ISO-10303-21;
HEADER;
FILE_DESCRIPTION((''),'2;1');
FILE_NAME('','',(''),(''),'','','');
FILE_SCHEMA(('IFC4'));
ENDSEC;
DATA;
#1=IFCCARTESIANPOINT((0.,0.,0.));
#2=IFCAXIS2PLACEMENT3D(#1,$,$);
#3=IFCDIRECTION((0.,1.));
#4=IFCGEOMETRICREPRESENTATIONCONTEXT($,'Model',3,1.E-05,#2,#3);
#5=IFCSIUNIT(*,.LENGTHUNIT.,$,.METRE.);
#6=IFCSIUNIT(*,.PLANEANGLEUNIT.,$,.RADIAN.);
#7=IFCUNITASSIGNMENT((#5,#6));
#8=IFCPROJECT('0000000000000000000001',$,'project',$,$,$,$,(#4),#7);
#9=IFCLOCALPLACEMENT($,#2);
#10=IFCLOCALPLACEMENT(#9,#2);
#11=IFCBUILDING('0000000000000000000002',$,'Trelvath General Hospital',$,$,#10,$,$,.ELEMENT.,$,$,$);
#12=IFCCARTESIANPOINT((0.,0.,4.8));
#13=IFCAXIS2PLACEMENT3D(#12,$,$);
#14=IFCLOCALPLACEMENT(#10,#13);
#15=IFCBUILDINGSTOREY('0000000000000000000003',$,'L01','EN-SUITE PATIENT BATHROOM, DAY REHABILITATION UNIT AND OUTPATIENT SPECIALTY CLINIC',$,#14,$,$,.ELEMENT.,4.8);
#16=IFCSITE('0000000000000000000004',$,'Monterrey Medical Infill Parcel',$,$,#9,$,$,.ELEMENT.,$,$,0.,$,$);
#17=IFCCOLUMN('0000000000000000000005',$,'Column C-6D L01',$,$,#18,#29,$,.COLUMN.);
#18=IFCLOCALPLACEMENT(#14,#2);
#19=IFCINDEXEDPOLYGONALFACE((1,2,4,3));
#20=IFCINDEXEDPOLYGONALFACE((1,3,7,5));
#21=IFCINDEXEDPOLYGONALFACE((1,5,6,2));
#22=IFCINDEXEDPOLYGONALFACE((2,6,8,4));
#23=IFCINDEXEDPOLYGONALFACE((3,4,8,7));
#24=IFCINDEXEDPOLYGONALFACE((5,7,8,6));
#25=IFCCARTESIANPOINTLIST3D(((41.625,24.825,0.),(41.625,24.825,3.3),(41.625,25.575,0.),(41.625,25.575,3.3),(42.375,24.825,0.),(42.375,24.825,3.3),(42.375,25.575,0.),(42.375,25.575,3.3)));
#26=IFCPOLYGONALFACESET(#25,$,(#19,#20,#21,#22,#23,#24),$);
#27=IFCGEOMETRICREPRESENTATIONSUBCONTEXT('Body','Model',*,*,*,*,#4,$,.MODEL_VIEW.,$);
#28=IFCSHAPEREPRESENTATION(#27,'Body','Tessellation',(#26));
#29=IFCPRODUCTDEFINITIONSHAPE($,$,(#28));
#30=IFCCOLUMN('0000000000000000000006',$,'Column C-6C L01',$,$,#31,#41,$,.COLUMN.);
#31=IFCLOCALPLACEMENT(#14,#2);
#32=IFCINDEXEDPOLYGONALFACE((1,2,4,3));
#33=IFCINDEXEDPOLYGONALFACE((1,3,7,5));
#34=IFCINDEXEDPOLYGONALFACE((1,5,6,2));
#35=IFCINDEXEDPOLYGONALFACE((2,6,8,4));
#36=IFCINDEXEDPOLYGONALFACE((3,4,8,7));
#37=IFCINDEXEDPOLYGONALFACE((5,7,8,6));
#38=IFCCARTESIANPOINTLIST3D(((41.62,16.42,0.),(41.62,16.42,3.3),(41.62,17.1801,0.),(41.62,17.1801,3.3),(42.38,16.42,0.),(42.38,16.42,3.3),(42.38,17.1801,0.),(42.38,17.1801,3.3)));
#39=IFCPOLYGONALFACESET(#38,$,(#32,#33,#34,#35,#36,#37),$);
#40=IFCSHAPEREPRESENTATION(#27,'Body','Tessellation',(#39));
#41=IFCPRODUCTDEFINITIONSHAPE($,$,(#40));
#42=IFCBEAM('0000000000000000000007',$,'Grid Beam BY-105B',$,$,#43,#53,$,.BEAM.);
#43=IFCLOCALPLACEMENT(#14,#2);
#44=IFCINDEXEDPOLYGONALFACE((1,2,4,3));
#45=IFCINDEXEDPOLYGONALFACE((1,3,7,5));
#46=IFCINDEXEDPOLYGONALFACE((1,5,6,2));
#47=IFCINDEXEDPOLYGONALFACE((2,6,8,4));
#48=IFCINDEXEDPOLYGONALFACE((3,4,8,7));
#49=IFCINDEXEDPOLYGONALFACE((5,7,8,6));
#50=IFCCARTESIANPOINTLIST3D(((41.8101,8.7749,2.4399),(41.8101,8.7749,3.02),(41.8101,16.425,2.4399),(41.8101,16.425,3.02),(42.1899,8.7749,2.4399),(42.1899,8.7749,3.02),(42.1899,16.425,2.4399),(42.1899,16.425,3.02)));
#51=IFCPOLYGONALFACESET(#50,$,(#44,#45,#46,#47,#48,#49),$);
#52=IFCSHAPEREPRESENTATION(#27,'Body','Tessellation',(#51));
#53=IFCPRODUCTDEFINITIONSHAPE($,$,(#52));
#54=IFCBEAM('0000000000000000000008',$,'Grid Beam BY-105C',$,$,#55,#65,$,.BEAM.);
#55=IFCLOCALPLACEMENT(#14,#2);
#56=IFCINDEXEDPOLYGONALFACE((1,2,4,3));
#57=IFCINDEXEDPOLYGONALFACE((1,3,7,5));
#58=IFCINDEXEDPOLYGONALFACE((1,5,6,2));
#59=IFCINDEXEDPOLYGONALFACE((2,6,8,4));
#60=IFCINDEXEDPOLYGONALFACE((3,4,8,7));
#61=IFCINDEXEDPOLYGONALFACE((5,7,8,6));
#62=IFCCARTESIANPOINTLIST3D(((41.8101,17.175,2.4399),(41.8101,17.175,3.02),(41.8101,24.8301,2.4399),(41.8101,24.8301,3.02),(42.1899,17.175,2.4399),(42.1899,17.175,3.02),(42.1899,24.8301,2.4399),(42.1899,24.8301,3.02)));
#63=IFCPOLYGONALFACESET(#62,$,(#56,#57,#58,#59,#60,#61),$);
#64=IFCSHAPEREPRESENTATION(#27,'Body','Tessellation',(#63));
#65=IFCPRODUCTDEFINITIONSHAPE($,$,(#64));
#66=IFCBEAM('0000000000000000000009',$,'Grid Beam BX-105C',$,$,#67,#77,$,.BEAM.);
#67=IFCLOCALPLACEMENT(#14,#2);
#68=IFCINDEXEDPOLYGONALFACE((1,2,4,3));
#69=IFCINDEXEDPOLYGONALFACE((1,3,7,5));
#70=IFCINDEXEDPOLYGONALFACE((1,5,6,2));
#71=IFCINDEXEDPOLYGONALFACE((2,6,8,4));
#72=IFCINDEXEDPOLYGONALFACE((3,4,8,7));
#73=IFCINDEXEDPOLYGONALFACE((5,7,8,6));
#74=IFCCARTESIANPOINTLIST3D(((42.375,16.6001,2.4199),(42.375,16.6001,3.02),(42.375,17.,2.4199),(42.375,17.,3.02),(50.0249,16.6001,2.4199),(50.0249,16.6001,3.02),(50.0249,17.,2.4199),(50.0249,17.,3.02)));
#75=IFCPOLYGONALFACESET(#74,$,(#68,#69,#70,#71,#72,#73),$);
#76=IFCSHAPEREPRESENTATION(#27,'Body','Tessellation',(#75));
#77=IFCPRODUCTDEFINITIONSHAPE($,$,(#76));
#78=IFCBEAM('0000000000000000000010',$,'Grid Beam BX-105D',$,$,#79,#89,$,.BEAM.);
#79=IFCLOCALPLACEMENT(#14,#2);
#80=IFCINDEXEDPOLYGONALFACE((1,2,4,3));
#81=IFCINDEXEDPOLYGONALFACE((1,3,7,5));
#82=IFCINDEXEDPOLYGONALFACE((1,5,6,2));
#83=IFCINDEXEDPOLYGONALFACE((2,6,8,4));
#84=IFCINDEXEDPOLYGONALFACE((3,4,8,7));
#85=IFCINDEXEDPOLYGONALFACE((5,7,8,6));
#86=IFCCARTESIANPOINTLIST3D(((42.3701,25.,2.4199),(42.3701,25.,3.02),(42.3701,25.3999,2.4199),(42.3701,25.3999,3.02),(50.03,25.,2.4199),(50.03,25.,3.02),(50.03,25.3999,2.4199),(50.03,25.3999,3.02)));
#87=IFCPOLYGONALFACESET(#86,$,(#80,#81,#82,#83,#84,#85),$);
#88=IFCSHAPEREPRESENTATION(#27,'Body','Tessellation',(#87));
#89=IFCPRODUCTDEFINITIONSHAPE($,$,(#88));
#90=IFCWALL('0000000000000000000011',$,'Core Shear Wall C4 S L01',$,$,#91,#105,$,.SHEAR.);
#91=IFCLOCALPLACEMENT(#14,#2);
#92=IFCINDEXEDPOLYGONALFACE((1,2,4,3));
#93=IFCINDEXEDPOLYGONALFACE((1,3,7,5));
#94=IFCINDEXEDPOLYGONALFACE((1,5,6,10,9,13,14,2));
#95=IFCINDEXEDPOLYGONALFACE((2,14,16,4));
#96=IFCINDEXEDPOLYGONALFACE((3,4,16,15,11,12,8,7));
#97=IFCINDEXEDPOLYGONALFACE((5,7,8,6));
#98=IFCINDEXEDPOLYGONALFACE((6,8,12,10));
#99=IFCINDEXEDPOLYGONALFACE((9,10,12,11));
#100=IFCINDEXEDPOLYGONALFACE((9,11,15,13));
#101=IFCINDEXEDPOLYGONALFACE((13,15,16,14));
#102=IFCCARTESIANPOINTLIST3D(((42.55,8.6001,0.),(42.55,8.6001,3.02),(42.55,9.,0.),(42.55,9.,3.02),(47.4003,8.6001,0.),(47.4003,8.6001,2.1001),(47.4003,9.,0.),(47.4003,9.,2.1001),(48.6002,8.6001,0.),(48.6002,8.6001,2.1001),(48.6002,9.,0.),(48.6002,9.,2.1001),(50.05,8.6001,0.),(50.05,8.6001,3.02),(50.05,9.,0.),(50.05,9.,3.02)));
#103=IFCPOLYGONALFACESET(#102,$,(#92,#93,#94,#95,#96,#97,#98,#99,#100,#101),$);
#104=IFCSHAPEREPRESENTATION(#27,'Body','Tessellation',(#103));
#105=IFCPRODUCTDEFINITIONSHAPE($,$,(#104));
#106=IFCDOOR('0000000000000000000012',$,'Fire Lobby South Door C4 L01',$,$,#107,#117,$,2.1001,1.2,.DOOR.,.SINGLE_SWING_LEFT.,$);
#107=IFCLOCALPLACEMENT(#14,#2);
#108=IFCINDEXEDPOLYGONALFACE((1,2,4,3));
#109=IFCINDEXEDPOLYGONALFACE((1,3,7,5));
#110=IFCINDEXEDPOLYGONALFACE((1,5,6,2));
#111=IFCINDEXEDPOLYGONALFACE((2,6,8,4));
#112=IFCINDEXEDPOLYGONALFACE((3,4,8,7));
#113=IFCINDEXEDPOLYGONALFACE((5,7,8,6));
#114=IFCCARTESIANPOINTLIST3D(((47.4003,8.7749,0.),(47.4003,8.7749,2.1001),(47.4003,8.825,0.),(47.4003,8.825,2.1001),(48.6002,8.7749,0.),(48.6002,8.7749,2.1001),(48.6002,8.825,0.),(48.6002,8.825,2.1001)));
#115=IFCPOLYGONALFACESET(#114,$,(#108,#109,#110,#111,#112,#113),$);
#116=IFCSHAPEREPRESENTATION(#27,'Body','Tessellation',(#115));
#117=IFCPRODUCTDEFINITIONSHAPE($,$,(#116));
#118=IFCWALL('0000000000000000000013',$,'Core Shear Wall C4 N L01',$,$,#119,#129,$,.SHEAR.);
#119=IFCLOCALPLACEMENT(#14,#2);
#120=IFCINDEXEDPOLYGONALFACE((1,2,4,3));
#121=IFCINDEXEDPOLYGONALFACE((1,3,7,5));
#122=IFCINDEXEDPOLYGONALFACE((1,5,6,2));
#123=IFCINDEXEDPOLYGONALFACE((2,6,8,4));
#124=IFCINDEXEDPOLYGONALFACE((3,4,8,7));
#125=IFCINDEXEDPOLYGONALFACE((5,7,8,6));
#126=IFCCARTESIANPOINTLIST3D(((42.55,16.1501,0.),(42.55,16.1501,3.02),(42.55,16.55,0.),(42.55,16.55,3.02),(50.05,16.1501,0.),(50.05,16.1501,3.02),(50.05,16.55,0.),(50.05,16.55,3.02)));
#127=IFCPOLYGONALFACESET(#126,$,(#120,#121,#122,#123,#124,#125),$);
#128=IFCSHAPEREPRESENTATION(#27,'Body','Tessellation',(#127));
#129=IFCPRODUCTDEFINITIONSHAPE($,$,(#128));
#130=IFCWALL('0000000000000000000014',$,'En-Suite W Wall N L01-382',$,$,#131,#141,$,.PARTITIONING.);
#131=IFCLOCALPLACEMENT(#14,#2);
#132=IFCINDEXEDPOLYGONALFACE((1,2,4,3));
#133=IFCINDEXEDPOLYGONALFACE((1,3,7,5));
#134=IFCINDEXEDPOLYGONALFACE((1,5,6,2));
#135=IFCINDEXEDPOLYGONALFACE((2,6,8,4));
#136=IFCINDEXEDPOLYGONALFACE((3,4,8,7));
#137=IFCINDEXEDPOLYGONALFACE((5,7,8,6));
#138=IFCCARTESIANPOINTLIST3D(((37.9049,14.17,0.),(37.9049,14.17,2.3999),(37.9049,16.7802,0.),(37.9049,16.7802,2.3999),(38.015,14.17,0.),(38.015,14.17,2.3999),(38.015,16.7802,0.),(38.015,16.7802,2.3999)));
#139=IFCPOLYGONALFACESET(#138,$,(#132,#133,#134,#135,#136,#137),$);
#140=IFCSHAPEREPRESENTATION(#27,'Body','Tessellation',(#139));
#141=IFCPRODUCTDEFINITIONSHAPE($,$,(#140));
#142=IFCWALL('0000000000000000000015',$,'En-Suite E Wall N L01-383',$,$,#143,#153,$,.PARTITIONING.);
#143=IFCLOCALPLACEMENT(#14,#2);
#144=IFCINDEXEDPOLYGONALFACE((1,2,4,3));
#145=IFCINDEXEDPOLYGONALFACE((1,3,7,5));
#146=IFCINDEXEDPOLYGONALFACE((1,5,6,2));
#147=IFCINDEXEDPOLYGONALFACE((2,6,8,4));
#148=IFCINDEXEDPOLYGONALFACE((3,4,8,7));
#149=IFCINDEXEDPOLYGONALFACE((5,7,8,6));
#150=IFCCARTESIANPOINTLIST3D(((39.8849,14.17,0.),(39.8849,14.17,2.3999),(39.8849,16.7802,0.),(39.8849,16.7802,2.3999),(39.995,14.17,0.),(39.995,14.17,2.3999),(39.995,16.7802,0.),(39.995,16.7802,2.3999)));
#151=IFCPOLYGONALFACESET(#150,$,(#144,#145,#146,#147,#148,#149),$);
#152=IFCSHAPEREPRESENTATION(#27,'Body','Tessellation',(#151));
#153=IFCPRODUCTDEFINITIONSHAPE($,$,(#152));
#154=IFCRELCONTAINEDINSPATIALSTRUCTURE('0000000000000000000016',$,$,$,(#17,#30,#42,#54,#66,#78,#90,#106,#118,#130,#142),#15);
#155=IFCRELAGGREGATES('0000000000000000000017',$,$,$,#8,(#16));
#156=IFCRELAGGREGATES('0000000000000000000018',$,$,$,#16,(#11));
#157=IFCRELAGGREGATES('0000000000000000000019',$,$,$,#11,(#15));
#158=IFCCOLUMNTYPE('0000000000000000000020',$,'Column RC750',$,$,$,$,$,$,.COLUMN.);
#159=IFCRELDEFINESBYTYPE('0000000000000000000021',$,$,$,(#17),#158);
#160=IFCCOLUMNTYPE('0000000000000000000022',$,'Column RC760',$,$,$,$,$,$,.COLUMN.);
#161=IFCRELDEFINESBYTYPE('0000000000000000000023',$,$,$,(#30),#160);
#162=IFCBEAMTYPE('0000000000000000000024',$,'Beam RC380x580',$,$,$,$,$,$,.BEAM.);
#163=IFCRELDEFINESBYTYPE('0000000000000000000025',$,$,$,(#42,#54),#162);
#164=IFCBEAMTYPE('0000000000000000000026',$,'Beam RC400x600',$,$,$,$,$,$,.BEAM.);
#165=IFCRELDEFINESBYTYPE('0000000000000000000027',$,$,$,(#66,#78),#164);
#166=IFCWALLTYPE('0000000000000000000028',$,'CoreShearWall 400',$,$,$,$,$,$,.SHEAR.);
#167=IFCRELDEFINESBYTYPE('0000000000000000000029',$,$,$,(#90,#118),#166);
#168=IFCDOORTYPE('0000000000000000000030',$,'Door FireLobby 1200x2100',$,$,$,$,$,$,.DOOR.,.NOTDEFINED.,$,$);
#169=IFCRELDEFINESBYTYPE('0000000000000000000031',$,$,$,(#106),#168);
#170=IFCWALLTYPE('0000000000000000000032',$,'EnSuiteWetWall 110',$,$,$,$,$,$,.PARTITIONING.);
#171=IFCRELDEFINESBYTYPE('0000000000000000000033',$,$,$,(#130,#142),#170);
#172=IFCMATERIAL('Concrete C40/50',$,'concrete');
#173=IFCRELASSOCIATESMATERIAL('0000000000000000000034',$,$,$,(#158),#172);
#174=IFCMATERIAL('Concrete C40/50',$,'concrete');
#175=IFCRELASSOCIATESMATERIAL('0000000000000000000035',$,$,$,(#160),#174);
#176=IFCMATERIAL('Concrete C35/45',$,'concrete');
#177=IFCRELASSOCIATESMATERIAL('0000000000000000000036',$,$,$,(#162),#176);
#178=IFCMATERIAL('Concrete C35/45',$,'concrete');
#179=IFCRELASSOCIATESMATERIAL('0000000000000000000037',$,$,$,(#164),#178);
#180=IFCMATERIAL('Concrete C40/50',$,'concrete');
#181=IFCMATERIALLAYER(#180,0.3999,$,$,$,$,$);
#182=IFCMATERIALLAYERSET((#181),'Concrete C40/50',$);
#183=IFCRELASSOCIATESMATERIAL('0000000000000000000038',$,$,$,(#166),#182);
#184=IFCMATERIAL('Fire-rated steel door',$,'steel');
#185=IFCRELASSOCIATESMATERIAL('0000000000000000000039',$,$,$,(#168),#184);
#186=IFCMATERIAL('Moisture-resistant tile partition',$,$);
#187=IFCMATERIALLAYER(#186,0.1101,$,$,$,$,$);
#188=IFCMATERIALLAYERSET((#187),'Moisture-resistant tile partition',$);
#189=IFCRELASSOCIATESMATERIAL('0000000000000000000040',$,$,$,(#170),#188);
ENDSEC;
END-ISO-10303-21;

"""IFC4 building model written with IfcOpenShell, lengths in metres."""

from ifc_helpers import new_model, si_unit, direction, frame, frame_2d, origin, origin_2d, place, context, subcontext, project, spatial, rectangle, extrude, material, layer, layer_set, material_profile, profile_set, type_object, element, fill, save


model = new_model("IFC4")

# Units and contexts
model_context = context("Model", 3, precision=1e-05, world=origin(), true_north=direction((0.0, 1.0)))
body_context = subcontext(model_context, "Body", "Model", "MODEL_VIEW")
ifc_project = project(units=[si_unit("LENGTHUNIT", "METRE"), si_unit("PLANEANGLEUNIT", "RADIAN")], contexts=[model_context])

# Site, building, storey
site_placement = place(None, origin())
site = spatial("IfcSite", under=ifc_project, at=site_placement, Name="Monterrey Medical Infill Parcel", CompositionType="ELEMENT", RefElevation=0.0)
building_placement = place(site_placement, origin())
building = spatial("IfcBuilding", under=site, at=building_placement, Name="Trelvath General Hospital", CompositionType="ELEMENT")
storey_placement = place(building_placement, frame((0.0, 0.0, 4.8)))
storey = spatial("IfcBuildingStorey", under=building, at=storey_placement, Name="L01", Description="EN-SUITE PATIENT BATHROOM, DAY REHABILITATION UNIT AND OUTPATIENT SPECIALTY CLINIC", CompositionType="ELEMENT", Elevation=4.8)

# Columns
ifc_material_1 = material(Name="Concrete C40/50", Category="concrete")
ifc_material_profile_1 = material_profile(ifc_material_1, rectangle(XDim=0.75, YDim=0.75, at=origin_2d()), Name="RC750x750")
ifc_profile_set_1 = profile_set([ifc_material_profile_1], Name="Concrete C40/50")
column_type_1 = type_object("IfcColumnType", Name="Column RC750", PredefinedType="COLUMN", material=ifc_profile_set_1)
column_1_placement = place(storey_placement, frame((42.0, 25.2, 0.0), z_axis=(0.0, 0.0, 1.0), x_axis=(1.0, 0.0, 0.0)))
element("IfcColumn", 1, at=column_1_placement, inside=storey, type_object=column_type_1, Name="Column C-6D L01", PredefinedType="COLUMN", context=body_context, shape_type="SweptSolid", body=[
    extrude(rectangle(XDim=0.75, YDim=0.75, at=origin_2d()), origin(), (0.0, 0.0, 1.0), 3.3),
])
ifc_material_2 = material(Name="Concrete C40/50", Category="concrete")
ifc_material_profile_2 = material_profile(ifc_material_2, rectangle(XDim=0.76, YDim=0.76, at=origin_2d()), Name="RC760x760")
ifc_profile_set_2 = profile_set([ifc_material_profile_2], Name="Concrete C40/50")
column_type_2 = type_object("IfcColumnType", Name="Column RC760", PredefinedType="COLUMN", material=ifc_profile_set_2)
column_2_placement = place(storey_placement, frame((42.0, 16.8, 0.0), z_axis=(0.0, 0.0, 1.0), x_axis=(1.0, 0.0, 0.0)))
element("IfcColumn", 2, at=column_2_placement, inside=storey, type_object=column_type_2, Name="Column C-6C L01", PredefinedType="COLUMN", context=body_context, shape_type="SweptSolid", body=[
    extrude(rectangle(XDim=0.76, YDim=0.76, at=origin_2d()), origin(), (0.0, 0.0, 1.0), 3.3),
])

# Beams
ifc_material_3 = material(Name="Concrete C35/45", Category="concrete")
ifc_material_profile_3 = material_profile(ifc_material_3, rectangle(XDim=0.3799, YDim=0.5801, at=origin_2d()), Name="RCB380x580")
ifc_profile_set_3 = profile_set([ifc_material_profile_3], Name="Concrete C35/45")
beam_type_1 = type_object("IfcBeamType", Name="Beam RC380x580", PredefinedType="BEAM", material=ifc_profile_set_3)
beam_1_placement = place(storey_placement, frame((42.0, 8.7749, 2.73), z_axis=(0.0, 1.0, 0.0), x_axis=(-1.0, 0.0, 0.0)))
element("IfcBeam", 3, at=beam_1_placement, inside=storey, type_object=beam_type_1, Name="Grid Beam BY-105B", PredefinedType="BEAM", context=body_context, shape_type="SweptSolid", body=[
    extrude(rectangle(XDim=0.3799, YDim=0.5801, at=origin_2d()), origin(), (0.0, 0.0, 1.0), 7.6501),
])
beam_2_placement = place(storey_placement, frame((42.0, 17.175, 2.73), z_axis=(0.0, 1.0, 0.0), x_axis=(-1.0, 0.0, 0.0)))
element("IfcBeam", 4, at=beam_2_placement, inside=storey, type_object=beam_type_1, Name="Grid Beam BY-105C", PredefinedType="BEAM", context=body_context, shape_type="SweptSolid", body=[
    extrude(rectangle(XDim=0.3799, YDim=0.5801, at=origin_2d()), origin(), (0.0, 0.0, 1.0), 7.655),
])
ifc_material_4 = material(Name="Concrete C35/45", Category="concrete")
ifc_material_profile_4 = material_profile(ifc_material_4, rectangle(XDim=0.3999, YDim=0.6001, at=origin_2d()), Name="RCB400x600")
ifc_profile_set_4 = profile_set([ifc_material_profile_4], Name="Concrete C35/45")
beam_type_2 = type_object("IfcBeamType", Name="Beam RC400x600", PredefinedType="BEAM", material=ifc_profile_set_4)
beam_3_placement = place(storey_placement, frame((42.375, 16.8, 2.72), z_axis=(1.0, 0.0, 0.0), x_axis=(0.0, 1.0, 0.0)))
element("IfcBeam", 5, at=beam_3_placement, inside=storey, type_object=beam_type_2, Name="Grid Beam BX-105C", PredefinedType="BEAM", context=body_context, shape_type="SweptSolid", body=[
    extrude(rectangle(XDim=0.3999, YDim=0.6001, at=origin_2d()), origin(), (0.0, 0.0, 1.0), 7.6499),
])
beam_4_placement = place(storey_placement, frame((42.3701, 25.2, 2.72), z_axis=(1.0, 0.0, 0.0), x_axis=(0.0, 1.0, 0.0)))
element("IfcBeam", 6, at=beam_4_placement, inside=storey, type_object=beam_type_2, Name="Grid Beam BX-105D", PredefinedType="BEAM", context=body_context, shape_type="SweptSolid", body=[
    extrude(rectangle(XDim=0.3999, YDim=0.6001, at=origin_2d()), origin(), (0.0, 0.0, 1.0), 7.6599),
])

# Wall, opening, door
ifc_material_5 = material(Name="Concrete C40/50", Category="concrete")
ifc_layer_1 = layer(ifc_material_5, 0.3999)
ifc_layer_set_1 = layer_set([ifc_layer_1], Name="Concrete C40/50")
wall_type_1 = type_object("IfcWallType", Name="CoreShearWall 400", PredefinedType="SHEAR", material=ifc_layer_set_1)
wall_1_placement = place(storey_placement, frame((42.55, 8.8, 0.0), z_axis=(0.0, 0.0, 1.0), x_axis=(1.0, 0.0, 0.0)))
wall_1 = element("IfcWall", 7, at=wall_1_placement, inside=storey, type_object=wall_type_1, Name="Core Shear Wall C4 S L01", PredefinedType="SHEAR", context=body_context, shape_type="SweptSolid", body=[
    extrude(rectangle(XDim=7.5, YDim=0.3999, at=frame_2d((3.75, 0.0))), origin(), (0.0, 0.0, 1.0), 3.02),
])
opening_1_placement = place(wall_1_placement, frame((4.8501, 0.0, 0.0)))
opening_1 = element("IfcOpeningElement", 8, at=opening_1_placement, cuts=wall_1, PredefinedType="OPENING", context=body_context, shape_type="SweptSolid", body=[
    extrude(rectangle(XDim=1.2, YDim=2.1001, at=frame_2d((0.6001, 1.05))), frame((0.0, 0.21, 0.0), z_axis=(0.0, -1.0, 0.0), x_axis=(1.0, 0.0, 0.0)), (0.0, 0.0, 1.0), 0.4199),
])
ifc_material_6 = material(Name="Fire-rated steel door", Category="steel")
door_type_1 = type_object("IfcDoorType", Name="Door FireLobby 1200x2100", OperationType="NOTDEFINED", PredefinedType="DOOR", material=ifc_material_6)
door_1_placement = place(opening_1_placement, origin())
door_1 = element("IfcDoor", 9, at=door_1_placement, inside=storey, type_object=door_type_1, Name="Fire Lobby South Door C4 L01", OperationType="SINGLE_SWING_LEFT", OverallHeight=2.1001, OverallWidth=1.2, PredefinedType="DOOR", context=body_context, shape_type="SweptSolid", body=[
    extrude(rectangle(XDim=1.2, YDim=2.1001, at=frame_2d((0.6001, 1.05))), frame((0.0, 0.0249, 0.0), z_axis=(0.0, -1.0, 0.0), x_axis=(1.0, 0.0, 0.0)), (0.0, 0.0, 1.0), 0.05),
])
fill(opening_1, door_1)

# Wall
wall_2_placement = place(storey_placement, frame((42.55, 16.3501, 0.0), z_axis=(0.0, 0.0, 1.0), x_axis=(1.0, 0.0, 0.0)))
element("IfcWall", 10, at=wall_2_placement, inside=storey, type_object=wall_type_1, Name="Core Shear Wall C4 N L01", PredefinedType="SHEAR", context=body_context, shape_type="SweptSolid", body=[
    extrude(rectangle(XDim=7.5, YDim=0.3999, at=frame_2d((3.75, 0.0))), origin(), (0.0, 0.0, 1.0), 3.02),
])

# Walls
ifc_material_7 = material(Name="Moisture-resistant tile partition")
ifc_layer_2 = layer(ifc_material_7, 0.1101)
ifc_layer_set_2 = layer_set([ifc_layer_2], Name="Moisture-resistant tile partition")
wall_type_2 = type_object("IfcWallType", Name="EnSuiteWetWall 110", PredefinedType="PARTITIONING", material=ifc_layer_set_2)
for number, where, z_axis, x_axis, name in (
    (11, (37.96, 14.1699, 0.0), (0.0, 0.0, 1.0), (0.0, 1.0, 0.0), "En-Suite W Wall N L01-382"),
    (12, (39.9399, 14.1699, 0.0), (0.0, 0.0, 1.0), (0.0, 1.0, 0.0), "En-Suite E Wall N L01-383"),
):
    element("IfcWall", number, at=place(storey_placement, frame(where, z_axis=z_axis, x_axis=x_axis)), inside=storey, type_object=wall_type_2, Name=name, PredefinedType="PARTITIONING", context=body_context, shape_type="SweptSolid", body=[
        extrude(rectangle(XDim=2.6101, YDim=0.1101, at=frame_2d((1.3052, 0.0))), origin(), (0.0, 0.0, 1.0), 2.3999),
    ])

save(model, "model.ifc")
